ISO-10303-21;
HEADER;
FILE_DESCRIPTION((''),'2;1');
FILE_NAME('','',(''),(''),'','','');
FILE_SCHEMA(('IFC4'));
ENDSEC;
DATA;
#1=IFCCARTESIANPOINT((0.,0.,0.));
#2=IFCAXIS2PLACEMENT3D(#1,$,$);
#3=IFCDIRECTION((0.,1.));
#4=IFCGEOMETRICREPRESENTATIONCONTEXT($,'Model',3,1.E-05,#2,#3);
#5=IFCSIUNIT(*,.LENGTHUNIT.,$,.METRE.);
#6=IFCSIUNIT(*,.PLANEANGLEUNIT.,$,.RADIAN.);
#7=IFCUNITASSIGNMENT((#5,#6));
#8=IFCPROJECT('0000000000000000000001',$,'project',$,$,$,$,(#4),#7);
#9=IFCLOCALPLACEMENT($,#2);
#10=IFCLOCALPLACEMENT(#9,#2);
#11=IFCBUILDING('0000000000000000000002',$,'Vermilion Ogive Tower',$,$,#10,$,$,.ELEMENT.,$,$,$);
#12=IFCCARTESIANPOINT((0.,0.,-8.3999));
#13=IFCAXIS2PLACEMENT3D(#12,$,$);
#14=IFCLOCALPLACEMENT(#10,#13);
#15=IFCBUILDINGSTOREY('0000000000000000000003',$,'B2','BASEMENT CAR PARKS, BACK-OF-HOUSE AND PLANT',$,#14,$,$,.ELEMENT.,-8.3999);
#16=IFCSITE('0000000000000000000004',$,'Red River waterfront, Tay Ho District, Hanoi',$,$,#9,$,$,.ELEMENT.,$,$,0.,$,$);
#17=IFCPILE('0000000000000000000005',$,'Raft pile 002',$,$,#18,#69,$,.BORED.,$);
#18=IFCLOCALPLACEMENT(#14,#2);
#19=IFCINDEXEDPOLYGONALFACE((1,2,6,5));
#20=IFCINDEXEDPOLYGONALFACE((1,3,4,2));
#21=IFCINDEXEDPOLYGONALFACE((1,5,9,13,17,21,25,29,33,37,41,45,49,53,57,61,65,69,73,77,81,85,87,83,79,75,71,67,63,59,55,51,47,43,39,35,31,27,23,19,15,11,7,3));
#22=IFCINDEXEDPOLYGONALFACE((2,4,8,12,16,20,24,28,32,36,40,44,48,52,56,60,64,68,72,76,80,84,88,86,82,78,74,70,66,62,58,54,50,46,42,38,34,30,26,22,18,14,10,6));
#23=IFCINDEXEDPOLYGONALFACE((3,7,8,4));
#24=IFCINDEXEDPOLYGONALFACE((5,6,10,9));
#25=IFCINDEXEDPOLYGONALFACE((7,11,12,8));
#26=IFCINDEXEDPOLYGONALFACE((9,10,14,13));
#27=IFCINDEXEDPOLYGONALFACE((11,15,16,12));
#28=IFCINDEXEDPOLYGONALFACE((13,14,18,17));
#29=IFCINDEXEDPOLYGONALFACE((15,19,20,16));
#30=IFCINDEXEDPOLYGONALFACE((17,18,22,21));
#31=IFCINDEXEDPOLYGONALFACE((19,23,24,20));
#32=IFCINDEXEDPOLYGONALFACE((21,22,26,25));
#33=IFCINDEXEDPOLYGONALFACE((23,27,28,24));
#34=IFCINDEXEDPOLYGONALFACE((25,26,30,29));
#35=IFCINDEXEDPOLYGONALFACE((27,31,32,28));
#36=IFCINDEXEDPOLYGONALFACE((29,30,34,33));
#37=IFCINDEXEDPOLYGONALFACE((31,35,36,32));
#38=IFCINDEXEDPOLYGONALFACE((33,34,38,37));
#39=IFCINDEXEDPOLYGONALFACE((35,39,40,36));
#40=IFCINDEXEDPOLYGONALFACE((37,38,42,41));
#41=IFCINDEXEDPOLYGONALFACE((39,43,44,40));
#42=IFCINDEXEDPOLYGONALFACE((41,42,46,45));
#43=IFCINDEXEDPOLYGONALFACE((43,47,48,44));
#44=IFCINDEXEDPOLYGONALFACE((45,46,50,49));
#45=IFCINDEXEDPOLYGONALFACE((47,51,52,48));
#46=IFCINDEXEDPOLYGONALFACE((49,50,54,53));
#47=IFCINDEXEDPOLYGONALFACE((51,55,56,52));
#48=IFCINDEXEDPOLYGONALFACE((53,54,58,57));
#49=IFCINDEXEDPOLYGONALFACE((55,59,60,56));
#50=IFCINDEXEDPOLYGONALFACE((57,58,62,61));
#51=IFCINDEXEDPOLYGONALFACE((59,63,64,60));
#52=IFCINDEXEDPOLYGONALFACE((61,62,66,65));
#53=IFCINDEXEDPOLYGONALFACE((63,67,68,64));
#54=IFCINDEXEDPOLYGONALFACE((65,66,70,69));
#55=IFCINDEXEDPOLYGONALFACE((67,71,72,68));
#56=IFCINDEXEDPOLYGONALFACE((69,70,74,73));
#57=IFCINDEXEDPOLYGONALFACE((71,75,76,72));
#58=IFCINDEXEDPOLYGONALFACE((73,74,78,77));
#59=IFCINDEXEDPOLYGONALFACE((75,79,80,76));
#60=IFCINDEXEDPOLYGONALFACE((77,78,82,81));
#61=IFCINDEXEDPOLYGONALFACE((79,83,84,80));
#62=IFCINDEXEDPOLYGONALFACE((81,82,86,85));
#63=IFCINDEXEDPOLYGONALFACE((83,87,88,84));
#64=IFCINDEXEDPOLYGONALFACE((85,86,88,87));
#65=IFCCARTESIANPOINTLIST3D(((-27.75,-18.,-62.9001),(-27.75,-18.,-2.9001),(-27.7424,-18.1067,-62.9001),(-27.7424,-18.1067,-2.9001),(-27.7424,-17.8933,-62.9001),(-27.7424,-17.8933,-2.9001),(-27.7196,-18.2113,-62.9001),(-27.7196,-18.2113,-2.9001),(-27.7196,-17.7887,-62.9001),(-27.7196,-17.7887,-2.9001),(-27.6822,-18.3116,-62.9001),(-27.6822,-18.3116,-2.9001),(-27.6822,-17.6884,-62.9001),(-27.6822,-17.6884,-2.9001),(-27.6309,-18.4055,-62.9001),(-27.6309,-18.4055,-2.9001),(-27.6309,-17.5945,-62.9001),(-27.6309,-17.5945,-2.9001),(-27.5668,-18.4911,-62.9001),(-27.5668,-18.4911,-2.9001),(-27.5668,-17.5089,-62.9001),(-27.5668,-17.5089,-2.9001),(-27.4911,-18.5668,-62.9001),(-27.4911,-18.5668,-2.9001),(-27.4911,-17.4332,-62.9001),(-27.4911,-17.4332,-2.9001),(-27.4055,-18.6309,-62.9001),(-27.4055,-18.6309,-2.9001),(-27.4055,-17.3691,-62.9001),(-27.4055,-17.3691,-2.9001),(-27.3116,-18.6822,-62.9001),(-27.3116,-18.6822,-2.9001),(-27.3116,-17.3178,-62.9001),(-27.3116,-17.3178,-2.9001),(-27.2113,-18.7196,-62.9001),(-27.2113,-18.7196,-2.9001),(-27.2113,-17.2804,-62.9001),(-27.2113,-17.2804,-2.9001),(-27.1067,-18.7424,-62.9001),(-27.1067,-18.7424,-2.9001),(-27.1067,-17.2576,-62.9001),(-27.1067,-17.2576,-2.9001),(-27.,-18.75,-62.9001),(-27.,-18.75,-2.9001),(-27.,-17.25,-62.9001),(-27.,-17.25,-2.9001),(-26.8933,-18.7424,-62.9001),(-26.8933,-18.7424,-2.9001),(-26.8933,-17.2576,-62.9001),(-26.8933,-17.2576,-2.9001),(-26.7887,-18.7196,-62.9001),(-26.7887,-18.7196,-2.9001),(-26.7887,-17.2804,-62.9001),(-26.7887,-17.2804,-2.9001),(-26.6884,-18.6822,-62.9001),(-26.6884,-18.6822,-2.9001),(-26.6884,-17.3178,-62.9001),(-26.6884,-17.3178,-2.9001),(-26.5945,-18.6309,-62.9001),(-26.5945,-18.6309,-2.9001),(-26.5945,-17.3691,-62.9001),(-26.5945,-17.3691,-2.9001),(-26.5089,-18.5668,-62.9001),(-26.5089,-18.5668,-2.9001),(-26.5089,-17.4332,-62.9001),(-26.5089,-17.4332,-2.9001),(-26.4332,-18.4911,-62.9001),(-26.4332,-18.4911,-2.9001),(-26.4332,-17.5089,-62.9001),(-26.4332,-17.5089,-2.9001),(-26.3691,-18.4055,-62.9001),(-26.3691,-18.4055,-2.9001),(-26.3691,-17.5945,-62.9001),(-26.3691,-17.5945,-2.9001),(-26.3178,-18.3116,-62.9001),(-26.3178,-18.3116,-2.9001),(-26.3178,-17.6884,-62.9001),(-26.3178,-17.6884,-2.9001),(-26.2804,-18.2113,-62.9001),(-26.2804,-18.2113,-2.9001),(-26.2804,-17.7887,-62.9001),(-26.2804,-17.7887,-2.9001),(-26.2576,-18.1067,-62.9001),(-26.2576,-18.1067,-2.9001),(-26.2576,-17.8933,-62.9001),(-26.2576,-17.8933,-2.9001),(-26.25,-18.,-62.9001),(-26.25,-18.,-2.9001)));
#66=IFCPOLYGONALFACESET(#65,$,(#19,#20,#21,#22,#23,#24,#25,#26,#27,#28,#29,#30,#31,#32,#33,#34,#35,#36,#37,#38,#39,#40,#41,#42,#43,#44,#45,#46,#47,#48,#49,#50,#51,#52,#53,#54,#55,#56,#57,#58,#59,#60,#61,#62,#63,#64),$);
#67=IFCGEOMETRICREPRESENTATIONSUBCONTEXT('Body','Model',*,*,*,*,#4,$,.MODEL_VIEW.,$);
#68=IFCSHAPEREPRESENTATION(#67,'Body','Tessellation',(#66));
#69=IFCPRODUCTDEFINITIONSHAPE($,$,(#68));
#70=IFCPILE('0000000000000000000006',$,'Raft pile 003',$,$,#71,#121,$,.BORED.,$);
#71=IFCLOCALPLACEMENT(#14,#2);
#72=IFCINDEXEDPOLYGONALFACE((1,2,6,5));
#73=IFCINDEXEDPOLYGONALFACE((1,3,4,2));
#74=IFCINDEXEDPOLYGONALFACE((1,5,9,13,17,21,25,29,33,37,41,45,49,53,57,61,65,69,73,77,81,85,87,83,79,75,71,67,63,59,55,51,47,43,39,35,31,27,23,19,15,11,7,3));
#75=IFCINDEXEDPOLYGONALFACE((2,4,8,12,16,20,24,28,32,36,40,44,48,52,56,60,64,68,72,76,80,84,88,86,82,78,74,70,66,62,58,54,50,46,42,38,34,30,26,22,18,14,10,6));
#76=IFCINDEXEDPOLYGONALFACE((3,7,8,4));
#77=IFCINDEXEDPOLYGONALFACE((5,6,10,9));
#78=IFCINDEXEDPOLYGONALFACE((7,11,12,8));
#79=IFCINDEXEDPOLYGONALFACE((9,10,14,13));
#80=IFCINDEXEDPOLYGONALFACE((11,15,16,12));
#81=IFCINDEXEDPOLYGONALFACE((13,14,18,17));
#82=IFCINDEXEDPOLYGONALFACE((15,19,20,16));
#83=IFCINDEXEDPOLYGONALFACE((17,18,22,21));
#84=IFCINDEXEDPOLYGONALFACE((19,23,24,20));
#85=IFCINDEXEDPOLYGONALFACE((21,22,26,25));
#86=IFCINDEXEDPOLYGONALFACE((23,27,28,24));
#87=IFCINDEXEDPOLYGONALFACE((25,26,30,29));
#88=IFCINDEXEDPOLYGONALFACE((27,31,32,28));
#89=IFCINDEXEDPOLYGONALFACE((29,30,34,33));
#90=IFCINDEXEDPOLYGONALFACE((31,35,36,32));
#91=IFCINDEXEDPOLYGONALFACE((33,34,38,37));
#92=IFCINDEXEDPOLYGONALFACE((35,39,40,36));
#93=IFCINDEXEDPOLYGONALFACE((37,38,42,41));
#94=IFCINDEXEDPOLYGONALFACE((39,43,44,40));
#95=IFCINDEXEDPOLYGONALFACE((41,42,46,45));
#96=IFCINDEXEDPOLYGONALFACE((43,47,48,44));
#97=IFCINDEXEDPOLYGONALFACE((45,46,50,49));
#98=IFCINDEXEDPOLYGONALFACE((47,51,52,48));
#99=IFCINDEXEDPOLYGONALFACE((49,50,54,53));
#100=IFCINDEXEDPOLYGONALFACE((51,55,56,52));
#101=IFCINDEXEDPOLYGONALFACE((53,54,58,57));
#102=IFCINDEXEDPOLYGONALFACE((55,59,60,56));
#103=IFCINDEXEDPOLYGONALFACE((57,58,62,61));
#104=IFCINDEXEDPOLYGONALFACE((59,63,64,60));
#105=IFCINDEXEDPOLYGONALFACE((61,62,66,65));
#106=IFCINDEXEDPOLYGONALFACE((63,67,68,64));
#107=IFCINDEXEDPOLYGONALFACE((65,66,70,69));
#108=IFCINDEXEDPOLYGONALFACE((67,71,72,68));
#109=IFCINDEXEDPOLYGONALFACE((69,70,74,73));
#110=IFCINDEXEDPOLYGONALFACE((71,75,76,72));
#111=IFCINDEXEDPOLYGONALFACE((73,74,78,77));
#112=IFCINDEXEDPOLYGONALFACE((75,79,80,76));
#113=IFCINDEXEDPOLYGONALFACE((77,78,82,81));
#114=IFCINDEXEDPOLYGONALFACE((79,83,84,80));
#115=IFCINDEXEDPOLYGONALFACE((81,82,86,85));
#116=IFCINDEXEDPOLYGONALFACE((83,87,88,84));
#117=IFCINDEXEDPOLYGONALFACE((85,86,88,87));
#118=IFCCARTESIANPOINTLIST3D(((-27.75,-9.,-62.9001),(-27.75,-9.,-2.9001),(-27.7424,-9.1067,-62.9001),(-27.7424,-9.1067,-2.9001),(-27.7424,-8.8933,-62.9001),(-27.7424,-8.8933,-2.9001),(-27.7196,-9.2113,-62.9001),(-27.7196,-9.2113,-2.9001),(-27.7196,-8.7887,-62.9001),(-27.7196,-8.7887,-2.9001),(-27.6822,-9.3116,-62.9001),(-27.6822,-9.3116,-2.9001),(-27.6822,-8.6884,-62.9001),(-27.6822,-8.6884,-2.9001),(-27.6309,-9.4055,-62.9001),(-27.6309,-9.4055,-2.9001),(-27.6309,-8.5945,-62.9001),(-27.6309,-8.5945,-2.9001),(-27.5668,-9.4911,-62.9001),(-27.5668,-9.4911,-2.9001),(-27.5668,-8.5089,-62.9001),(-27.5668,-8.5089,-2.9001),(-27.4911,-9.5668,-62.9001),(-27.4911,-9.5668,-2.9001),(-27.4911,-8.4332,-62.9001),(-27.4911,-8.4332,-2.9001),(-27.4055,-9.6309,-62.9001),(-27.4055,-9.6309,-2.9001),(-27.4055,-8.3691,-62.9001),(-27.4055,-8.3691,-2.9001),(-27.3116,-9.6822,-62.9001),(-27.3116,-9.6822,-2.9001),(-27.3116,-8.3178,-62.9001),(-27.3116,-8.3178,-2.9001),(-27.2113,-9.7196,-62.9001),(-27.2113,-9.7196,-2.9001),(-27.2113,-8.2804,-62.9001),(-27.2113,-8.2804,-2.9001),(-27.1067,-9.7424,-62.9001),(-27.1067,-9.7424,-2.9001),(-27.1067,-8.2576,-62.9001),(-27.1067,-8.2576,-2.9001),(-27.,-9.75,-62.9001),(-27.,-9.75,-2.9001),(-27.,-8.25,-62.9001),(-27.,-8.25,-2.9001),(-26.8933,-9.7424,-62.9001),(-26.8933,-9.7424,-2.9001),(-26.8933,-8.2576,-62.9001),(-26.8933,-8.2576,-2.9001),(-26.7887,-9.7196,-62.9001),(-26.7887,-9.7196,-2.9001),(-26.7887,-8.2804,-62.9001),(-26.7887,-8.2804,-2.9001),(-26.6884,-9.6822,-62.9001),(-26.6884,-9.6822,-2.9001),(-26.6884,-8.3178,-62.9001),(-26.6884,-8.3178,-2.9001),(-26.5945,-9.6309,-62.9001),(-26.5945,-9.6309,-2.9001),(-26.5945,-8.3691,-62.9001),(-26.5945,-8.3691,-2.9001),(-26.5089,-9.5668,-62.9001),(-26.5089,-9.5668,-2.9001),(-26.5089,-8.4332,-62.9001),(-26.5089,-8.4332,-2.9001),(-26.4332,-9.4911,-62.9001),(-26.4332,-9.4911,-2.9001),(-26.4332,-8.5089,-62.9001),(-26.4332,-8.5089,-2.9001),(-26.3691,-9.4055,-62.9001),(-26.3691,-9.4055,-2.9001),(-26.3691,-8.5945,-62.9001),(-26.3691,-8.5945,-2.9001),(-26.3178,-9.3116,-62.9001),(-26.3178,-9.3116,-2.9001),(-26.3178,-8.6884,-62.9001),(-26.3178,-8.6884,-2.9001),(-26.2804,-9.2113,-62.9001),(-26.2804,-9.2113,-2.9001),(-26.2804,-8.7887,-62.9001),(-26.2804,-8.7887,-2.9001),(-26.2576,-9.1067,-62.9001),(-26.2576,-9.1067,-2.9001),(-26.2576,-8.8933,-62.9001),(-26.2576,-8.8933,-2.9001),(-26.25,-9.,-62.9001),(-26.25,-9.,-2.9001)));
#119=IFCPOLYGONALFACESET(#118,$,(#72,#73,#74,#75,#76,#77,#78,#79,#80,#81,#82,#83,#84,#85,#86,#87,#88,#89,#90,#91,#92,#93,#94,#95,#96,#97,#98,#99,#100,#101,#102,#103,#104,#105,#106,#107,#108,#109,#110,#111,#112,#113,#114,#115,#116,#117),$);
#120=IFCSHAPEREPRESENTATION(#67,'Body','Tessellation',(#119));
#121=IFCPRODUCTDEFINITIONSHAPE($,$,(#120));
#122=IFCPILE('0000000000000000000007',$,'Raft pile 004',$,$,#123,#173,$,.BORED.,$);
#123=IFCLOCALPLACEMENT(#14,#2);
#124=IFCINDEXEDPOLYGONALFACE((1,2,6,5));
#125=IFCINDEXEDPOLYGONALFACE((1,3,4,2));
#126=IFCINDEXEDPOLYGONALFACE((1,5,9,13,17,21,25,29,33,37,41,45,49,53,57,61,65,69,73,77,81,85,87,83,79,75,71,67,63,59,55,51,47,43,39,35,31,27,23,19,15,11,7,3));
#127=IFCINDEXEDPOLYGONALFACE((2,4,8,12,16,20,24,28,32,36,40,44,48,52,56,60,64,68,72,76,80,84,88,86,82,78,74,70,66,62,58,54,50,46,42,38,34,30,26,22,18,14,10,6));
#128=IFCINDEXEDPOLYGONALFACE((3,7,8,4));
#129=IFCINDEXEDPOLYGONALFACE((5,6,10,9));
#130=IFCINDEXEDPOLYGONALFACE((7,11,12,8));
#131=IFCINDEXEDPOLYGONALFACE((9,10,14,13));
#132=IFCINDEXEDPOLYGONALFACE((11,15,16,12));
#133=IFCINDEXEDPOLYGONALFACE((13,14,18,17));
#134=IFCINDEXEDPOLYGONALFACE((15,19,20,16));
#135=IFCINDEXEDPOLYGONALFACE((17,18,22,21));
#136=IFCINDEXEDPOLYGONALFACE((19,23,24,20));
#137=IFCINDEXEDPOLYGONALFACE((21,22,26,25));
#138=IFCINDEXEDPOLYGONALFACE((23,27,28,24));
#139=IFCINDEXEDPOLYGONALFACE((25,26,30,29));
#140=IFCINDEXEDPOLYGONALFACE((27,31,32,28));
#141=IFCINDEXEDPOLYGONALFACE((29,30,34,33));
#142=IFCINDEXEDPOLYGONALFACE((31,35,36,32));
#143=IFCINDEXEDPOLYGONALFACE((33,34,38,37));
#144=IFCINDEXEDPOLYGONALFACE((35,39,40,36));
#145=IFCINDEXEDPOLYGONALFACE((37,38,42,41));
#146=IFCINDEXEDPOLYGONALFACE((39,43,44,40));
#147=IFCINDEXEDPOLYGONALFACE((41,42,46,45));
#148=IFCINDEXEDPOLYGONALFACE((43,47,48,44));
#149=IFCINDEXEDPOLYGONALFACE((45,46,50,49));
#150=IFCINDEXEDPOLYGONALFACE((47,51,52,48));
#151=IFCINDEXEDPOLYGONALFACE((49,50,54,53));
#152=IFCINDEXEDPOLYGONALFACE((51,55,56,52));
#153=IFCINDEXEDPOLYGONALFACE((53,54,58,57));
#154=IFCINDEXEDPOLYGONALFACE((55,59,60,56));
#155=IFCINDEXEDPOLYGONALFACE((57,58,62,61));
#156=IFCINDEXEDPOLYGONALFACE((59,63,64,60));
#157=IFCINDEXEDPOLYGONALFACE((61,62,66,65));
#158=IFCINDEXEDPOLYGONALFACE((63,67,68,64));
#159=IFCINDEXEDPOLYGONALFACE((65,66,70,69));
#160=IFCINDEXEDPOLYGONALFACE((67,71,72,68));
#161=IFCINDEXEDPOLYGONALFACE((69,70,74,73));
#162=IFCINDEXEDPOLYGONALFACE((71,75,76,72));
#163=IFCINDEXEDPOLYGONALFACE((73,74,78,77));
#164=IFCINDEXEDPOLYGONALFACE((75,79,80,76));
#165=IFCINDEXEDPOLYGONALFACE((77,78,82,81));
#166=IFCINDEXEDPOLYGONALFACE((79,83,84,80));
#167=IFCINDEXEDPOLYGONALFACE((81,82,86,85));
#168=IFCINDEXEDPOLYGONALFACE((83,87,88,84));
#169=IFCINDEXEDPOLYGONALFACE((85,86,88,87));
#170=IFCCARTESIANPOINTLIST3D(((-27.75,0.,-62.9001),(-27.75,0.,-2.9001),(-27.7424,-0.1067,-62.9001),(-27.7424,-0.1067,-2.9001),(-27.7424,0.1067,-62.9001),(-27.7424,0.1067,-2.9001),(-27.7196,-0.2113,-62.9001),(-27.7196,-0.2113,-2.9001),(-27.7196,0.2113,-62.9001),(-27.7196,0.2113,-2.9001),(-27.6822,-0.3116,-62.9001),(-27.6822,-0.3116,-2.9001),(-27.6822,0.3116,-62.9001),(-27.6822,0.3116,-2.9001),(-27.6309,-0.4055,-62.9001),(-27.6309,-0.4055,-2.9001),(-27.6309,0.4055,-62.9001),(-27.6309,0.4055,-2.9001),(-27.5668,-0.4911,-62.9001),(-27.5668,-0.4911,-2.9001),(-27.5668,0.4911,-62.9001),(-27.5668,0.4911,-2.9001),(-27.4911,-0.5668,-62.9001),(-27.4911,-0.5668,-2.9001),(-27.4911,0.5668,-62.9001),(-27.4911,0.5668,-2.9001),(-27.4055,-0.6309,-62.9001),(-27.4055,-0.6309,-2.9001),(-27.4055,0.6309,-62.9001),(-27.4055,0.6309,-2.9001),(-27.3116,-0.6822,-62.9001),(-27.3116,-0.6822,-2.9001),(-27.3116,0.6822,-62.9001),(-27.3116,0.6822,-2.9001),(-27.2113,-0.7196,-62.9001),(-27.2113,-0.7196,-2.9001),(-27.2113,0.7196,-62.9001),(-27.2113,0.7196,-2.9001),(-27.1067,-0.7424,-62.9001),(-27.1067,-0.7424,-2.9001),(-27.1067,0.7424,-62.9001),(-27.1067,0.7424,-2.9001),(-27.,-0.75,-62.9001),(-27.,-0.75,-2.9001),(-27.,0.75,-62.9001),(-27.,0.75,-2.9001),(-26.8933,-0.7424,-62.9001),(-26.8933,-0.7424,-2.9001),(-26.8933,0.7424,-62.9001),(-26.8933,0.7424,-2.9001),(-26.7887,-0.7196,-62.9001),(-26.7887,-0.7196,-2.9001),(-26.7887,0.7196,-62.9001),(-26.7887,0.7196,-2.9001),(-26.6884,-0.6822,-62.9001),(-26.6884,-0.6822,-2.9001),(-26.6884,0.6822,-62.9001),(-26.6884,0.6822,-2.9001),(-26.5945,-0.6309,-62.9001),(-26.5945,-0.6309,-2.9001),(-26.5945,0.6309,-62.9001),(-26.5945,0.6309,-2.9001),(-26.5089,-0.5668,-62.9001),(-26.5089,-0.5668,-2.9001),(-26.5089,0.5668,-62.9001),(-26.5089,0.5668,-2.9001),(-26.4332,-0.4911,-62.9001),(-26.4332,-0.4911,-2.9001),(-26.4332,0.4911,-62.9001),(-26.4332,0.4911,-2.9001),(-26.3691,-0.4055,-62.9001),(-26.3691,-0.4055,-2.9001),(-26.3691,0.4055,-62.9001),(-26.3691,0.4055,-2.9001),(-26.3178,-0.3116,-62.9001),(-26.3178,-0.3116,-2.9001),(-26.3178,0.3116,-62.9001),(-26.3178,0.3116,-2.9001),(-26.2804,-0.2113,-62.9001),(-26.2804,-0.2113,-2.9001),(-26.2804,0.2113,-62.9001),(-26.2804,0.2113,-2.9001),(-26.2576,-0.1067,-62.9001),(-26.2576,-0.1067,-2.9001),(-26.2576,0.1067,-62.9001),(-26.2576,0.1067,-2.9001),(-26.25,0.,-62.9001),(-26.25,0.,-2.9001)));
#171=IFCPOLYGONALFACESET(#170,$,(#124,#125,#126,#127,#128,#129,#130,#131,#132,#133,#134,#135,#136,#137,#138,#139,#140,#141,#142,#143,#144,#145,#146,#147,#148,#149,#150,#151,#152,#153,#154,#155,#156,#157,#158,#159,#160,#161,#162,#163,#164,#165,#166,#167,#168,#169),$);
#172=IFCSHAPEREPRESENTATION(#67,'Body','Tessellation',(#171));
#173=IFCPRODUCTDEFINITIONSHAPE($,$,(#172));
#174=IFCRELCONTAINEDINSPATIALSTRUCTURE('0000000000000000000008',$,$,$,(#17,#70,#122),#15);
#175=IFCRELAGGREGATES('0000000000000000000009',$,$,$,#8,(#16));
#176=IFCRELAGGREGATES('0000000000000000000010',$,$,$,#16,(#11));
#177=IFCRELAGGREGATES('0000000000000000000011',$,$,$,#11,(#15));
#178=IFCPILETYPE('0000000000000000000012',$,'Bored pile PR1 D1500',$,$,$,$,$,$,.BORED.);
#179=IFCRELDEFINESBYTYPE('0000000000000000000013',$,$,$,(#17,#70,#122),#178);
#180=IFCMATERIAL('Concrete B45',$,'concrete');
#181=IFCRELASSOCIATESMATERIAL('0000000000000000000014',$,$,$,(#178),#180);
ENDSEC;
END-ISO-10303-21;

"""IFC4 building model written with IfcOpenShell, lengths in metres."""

from ifc_helpers import new_model, si_unit, direction, frame, origin, origin_2d, place, context, subcontext, project, spatial, circle, extrude, material, type_object, element, save


model = new_model("IFC4")

# Units and contexts
model_context = context("Model", 3, precision=1e-05, world=origin(), true_north=direction((0.0, 1.0)))
body_context = subcontext(model_context, "Body", "Model", "MODEL_VIEW")
ifc_project = project(units=[si_unit("LENGTHUNIT", "METRE"), si_unit("PLANEANGLEUNIT", "RADIAN")], contexts=[model_context])

# Site, building, storey
site_placement = place(None, origin())
site = spatial("IfcSite", under=ifc_project, at=site_placement, Name="Red River waterfront, Tay Ho District, Hanoi", CompositionType="ELEMENT", RefElevation=0.0)
building_placement = place(site_placement, origin())
building = spatial("IfcBuilding", under=site, at=building_placement, Name="Vermilion Ogive Tower", CompositionType="ELEMENT")
storey_placement = place(building_placement, frame((0.0, 0.0, -8.3999)))
storey = spatial("IfcBuildingStorey", under=building, at=storey_placement, Name="B2", Description="BASEMENT CAR PARKS, BACK-OF-HOUSE AND PLANT", CompositionType="ELEMENT", Elevation=-8.3999)

# Piles
ifc_material_1 = material(Name="Concrete B45", Category="concrete")
pile_type_1 = type_object("IfcPileType", Name="Bored pile PR1 D1500", PredefinedType="BORED", material=ifc_material_1)
for number, where, z_axis, x_axis, name in (
    (1, (-27.0, -18.0, -2.9001), (0.0, 0.0, -1.0), (1.0, 0.0, 0.0), "Raft pile 002"),
    (2, (-27.0, -9.0, -2.9001), (0.0, 0.0, -1.0), (1.0, 0.0, 0.0), "Raft pile 003"),
    (3, (-27.0, 0.0, -2.9001), (0.0, 0.0, -1.0), (1.0, 0.0, 0.0), "Raft pile 004"),
):
    element("IfcPile", number, at=place(storey_placement, frame(where, z_axis=z_axis, x_axis=x_axis)), inside=storey, type_object=pile_type_1, Name=name, PredefinedType="BORED", context=body_context, shape_type="SweptSolid", body=[
        extrude(circle(Radius=0.75, at=origin_2d()), origin(), (0.0, 0.0, 1.0), 60.0),
    ])

save(model, "model.ifc")
